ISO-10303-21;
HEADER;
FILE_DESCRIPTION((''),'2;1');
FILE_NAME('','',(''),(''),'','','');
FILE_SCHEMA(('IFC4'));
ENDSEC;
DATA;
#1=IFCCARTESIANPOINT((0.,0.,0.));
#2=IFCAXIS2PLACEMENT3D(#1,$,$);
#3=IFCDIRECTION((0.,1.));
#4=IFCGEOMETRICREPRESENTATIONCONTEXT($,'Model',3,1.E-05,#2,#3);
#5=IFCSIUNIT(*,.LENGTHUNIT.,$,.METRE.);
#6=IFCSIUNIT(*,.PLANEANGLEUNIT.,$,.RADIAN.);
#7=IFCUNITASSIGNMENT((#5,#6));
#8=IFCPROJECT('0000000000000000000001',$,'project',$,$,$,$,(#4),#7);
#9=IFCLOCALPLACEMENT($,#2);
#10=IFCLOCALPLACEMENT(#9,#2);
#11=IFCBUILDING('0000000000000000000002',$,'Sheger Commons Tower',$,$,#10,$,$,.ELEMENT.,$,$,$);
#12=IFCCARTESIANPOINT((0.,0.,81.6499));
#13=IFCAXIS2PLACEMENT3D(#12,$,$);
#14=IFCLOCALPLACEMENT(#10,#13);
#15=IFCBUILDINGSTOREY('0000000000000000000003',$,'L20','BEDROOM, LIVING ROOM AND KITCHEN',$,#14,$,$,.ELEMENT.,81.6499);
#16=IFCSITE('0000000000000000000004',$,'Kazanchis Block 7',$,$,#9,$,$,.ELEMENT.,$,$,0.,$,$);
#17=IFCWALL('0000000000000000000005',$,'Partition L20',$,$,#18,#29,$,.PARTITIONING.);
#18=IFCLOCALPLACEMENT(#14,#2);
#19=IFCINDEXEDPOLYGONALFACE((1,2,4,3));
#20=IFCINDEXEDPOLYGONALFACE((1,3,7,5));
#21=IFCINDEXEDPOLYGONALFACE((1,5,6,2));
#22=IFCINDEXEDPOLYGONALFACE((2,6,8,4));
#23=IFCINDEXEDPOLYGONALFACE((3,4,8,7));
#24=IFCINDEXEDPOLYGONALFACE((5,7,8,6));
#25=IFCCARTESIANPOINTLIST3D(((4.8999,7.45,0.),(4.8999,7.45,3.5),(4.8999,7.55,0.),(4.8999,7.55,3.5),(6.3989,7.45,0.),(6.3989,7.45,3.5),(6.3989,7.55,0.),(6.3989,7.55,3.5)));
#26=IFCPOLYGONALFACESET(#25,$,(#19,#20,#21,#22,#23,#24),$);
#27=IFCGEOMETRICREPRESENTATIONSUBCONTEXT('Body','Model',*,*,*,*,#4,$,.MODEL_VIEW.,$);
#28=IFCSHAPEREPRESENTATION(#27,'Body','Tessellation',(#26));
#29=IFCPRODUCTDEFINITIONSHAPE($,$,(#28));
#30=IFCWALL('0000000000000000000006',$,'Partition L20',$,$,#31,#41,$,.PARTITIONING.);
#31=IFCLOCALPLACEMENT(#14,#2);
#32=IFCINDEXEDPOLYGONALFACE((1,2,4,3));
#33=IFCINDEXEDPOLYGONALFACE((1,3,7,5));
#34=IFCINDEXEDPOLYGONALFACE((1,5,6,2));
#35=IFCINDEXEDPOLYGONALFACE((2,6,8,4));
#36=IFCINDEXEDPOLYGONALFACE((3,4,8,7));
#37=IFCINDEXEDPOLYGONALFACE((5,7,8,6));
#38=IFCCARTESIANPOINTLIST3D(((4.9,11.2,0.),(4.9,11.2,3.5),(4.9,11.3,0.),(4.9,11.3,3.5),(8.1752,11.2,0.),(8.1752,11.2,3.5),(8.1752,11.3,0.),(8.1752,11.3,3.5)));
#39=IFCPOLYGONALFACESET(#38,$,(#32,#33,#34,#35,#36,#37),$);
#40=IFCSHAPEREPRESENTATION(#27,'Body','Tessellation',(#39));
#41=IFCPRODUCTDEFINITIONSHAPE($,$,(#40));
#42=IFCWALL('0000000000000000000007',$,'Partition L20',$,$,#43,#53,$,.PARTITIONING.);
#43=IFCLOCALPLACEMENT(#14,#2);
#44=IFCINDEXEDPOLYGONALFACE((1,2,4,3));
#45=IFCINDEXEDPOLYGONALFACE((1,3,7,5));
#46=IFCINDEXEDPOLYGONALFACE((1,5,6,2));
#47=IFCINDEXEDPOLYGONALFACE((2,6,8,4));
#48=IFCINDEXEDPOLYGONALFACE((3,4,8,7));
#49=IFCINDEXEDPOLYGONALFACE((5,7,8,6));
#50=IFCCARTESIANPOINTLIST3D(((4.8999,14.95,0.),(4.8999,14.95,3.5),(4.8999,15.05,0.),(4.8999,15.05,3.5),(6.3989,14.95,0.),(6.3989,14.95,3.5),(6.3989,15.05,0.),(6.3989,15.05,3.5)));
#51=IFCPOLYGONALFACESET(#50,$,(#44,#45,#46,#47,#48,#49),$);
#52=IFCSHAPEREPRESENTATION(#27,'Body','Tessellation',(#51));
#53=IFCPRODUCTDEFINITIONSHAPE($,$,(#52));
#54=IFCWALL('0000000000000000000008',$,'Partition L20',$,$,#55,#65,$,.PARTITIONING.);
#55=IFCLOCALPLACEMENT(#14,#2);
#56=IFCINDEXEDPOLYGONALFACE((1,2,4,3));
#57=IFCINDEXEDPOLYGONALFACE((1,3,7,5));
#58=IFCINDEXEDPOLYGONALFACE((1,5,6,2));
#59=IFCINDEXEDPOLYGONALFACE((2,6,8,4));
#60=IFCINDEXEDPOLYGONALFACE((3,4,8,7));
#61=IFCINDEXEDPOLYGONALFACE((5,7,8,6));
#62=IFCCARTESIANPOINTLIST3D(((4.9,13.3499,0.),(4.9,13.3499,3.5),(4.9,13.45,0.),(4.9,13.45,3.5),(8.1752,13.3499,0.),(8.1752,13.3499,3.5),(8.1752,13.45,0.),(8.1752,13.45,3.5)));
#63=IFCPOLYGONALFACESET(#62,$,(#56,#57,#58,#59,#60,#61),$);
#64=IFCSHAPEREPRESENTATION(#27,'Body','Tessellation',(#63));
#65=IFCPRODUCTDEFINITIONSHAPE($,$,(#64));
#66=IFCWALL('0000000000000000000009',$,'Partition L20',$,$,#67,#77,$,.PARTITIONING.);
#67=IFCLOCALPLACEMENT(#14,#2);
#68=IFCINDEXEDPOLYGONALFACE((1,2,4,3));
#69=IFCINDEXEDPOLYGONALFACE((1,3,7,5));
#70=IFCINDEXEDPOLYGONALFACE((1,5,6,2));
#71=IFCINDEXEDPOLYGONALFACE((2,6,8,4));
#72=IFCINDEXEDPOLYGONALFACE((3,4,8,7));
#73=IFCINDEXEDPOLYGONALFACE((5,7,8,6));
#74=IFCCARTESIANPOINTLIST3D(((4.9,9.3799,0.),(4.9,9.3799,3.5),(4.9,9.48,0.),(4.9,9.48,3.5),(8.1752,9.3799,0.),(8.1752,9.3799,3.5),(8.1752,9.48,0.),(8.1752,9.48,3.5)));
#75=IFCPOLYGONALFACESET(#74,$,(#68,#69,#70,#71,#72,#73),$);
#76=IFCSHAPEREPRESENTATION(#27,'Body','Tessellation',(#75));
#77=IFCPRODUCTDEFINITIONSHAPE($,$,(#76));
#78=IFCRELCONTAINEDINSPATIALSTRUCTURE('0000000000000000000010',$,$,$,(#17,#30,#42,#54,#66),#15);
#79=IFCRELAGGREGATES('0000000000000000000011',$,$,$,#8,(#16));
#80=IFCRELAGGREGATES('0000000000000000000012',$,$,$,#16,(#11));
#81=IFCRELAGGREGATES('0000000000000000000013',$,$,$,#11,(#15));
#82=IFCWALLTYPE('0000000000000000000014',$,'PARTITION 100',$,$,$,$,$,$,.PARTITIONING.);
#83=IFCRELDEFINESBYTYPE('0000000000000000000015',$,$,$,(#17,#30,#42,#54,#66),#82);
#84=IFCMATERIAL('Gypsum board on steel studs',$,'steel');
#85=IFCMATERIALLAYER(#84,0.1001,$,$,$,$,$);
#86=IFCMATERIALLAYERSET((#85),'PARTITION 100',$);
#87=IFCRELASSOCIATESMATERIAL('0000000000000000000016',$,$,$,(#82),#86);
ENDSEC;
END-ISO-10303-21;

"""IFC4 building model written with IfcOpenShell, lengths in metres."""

from ifc_helpers import new_model, si_unit, direction, frame, frame_2d, origin, place, context, subcontext, project, spatial, rectangle, extrude, material, layer, layer_set, type_object, element, save


model = new_model("IFC4")

# Units and contexts
model_context = context("Model", 3, precision=1e-05, world=origin(), true_north=direction((0.0, 1.0)))
body_context = subcontext(model_context, "Body", "Model", "MODEL_VIEW")
ifc_project = project(units=[si_unit("LENGTHUNIT", "METRE"), si_unit("PLANEANGLEUNIT", "RADIAN")], contexts=[model_context])

# Site, building, storey
site_placement = place(None, origin())
site = spatial("IfcSite", under=ifc_project, at=site_placement, Name="Kazanchis Block 7", CompositionType="ELEMENT", RefElevation=0.0)
building_placement = place(site_placement, origin())
building = spatial("IfcBuilding", under=site, at=building_placement, Name="Sheger Commons Tower", CompositionType="ELEMENT")
storey_placement = place(building_placement, frame((0.0, 0.0, 81.6499)))
storey = spatial("IfcBuildingStorey", under=building, at=storey_placement, Name="L20", Description="BEDROOM, LIVING ROOM AND KITCHEN", CompositionType="ELEMENT", Elevation=81.6499)

# Shared definitions
ifc_material_1 = material(Name="Gypsum board on steel studs", Category="steel")
ifc_layer = layer(ifc_material_1, 0.1001)
ifc_layer_set = layer_set([ifc_layer], Name="PARTITION 100")
wall_type = type_object("IfcWallType", Name="PARTITION 100", PredefinedType="PARTITIONING", material=ifc_layer_set)

# Walls
wall_1_placement = place(storey_placement, frame((4.8999, 7.5, 0.0), z_axis=(0.0, 0.0, 1.0), x_axis=(1.0, 0.0, 0.0)))
element("IfcWall", 1, at=wall_1_placement, inside=storey, type_object=wall_type, Name="Partition L20", PredefinedType="PARTITIONING", context=body_context, shape_type="SweptSolid", body=[
    extrude(rectangle(XDim=1.499, YDim=0.1001, at=frame_2d((0.7495, 0.0))), origin(), (0.0, 0.0, 1.0), 3.5),
])
wall_2_placement = place(storey_placement, frame((4.8999, 11.25, 0.0), z_axis=(0.0, 0.0, 1.0), x_axis=(1.0, 0.0, 0.0)))
element("IfcWall", 2, at=wall_2_placement, inside=storey, type_object=wall_type, Name="Partition L20", PredefinedType="PARTITIONING", context=body_context, shape_type="SweptSolid", body=[
    extrude(rectangle(XDim=3.2751, YDim=0.1001, at=frame_2d((1.6377, 0.0))), origin(), (0.0, 0.0, 1.0), 3.5),
])
wall_3_placement = place(storey_placement, frame((4.8999, 15.0, 0.0), z_axis=(0.0, 0.0, 1.0), x_axis=(1.0, 0.0, 0.0)))
element("IfcWall", 3, at=wall_3_placement, inside=storey, type_object=wall_type, Name="Partition L20", PredefinedType="PARTITIONING", context=body_context, shape_type="SweptSolid", body=[
    extrude(rectangle(XDim=1.499, YDim=0.1001, at=frame_2d((0.7495, 0.0))), origin(), (0.0, 0.0, 1.0), 3.5),
])
for number, where, z_axis, x_axis, name in (
    (4, (4.8999, 13.3999, 0.0), (0.0, 0.0, 1.0), (1.0, 0.0, 0.0), "Partition L20"),
    (5, (4.8999, 9.4299, 0.0), (0.0, 0.0, 1.0), (1.0, 0.0, 0.0), "Partition L20"),
):
    element("IfcWall", number, at=place(storey_placement, frame(where, z_axis=z_axis, x_axis=x_axis)), inside=storey, type_object=wall_type, Name=name, PredefinedType="PARTITIONING", context=body_context, shape_type="SweptSolid", body=[
        extrude(rectangle(XDim=3.2751, YDim=0.1001, at=frame_2d((1.6377, 0.0))), origin(), (0.0, 0.0, 1.0), 3.5),
    ])

save(model, "model.ifc")
